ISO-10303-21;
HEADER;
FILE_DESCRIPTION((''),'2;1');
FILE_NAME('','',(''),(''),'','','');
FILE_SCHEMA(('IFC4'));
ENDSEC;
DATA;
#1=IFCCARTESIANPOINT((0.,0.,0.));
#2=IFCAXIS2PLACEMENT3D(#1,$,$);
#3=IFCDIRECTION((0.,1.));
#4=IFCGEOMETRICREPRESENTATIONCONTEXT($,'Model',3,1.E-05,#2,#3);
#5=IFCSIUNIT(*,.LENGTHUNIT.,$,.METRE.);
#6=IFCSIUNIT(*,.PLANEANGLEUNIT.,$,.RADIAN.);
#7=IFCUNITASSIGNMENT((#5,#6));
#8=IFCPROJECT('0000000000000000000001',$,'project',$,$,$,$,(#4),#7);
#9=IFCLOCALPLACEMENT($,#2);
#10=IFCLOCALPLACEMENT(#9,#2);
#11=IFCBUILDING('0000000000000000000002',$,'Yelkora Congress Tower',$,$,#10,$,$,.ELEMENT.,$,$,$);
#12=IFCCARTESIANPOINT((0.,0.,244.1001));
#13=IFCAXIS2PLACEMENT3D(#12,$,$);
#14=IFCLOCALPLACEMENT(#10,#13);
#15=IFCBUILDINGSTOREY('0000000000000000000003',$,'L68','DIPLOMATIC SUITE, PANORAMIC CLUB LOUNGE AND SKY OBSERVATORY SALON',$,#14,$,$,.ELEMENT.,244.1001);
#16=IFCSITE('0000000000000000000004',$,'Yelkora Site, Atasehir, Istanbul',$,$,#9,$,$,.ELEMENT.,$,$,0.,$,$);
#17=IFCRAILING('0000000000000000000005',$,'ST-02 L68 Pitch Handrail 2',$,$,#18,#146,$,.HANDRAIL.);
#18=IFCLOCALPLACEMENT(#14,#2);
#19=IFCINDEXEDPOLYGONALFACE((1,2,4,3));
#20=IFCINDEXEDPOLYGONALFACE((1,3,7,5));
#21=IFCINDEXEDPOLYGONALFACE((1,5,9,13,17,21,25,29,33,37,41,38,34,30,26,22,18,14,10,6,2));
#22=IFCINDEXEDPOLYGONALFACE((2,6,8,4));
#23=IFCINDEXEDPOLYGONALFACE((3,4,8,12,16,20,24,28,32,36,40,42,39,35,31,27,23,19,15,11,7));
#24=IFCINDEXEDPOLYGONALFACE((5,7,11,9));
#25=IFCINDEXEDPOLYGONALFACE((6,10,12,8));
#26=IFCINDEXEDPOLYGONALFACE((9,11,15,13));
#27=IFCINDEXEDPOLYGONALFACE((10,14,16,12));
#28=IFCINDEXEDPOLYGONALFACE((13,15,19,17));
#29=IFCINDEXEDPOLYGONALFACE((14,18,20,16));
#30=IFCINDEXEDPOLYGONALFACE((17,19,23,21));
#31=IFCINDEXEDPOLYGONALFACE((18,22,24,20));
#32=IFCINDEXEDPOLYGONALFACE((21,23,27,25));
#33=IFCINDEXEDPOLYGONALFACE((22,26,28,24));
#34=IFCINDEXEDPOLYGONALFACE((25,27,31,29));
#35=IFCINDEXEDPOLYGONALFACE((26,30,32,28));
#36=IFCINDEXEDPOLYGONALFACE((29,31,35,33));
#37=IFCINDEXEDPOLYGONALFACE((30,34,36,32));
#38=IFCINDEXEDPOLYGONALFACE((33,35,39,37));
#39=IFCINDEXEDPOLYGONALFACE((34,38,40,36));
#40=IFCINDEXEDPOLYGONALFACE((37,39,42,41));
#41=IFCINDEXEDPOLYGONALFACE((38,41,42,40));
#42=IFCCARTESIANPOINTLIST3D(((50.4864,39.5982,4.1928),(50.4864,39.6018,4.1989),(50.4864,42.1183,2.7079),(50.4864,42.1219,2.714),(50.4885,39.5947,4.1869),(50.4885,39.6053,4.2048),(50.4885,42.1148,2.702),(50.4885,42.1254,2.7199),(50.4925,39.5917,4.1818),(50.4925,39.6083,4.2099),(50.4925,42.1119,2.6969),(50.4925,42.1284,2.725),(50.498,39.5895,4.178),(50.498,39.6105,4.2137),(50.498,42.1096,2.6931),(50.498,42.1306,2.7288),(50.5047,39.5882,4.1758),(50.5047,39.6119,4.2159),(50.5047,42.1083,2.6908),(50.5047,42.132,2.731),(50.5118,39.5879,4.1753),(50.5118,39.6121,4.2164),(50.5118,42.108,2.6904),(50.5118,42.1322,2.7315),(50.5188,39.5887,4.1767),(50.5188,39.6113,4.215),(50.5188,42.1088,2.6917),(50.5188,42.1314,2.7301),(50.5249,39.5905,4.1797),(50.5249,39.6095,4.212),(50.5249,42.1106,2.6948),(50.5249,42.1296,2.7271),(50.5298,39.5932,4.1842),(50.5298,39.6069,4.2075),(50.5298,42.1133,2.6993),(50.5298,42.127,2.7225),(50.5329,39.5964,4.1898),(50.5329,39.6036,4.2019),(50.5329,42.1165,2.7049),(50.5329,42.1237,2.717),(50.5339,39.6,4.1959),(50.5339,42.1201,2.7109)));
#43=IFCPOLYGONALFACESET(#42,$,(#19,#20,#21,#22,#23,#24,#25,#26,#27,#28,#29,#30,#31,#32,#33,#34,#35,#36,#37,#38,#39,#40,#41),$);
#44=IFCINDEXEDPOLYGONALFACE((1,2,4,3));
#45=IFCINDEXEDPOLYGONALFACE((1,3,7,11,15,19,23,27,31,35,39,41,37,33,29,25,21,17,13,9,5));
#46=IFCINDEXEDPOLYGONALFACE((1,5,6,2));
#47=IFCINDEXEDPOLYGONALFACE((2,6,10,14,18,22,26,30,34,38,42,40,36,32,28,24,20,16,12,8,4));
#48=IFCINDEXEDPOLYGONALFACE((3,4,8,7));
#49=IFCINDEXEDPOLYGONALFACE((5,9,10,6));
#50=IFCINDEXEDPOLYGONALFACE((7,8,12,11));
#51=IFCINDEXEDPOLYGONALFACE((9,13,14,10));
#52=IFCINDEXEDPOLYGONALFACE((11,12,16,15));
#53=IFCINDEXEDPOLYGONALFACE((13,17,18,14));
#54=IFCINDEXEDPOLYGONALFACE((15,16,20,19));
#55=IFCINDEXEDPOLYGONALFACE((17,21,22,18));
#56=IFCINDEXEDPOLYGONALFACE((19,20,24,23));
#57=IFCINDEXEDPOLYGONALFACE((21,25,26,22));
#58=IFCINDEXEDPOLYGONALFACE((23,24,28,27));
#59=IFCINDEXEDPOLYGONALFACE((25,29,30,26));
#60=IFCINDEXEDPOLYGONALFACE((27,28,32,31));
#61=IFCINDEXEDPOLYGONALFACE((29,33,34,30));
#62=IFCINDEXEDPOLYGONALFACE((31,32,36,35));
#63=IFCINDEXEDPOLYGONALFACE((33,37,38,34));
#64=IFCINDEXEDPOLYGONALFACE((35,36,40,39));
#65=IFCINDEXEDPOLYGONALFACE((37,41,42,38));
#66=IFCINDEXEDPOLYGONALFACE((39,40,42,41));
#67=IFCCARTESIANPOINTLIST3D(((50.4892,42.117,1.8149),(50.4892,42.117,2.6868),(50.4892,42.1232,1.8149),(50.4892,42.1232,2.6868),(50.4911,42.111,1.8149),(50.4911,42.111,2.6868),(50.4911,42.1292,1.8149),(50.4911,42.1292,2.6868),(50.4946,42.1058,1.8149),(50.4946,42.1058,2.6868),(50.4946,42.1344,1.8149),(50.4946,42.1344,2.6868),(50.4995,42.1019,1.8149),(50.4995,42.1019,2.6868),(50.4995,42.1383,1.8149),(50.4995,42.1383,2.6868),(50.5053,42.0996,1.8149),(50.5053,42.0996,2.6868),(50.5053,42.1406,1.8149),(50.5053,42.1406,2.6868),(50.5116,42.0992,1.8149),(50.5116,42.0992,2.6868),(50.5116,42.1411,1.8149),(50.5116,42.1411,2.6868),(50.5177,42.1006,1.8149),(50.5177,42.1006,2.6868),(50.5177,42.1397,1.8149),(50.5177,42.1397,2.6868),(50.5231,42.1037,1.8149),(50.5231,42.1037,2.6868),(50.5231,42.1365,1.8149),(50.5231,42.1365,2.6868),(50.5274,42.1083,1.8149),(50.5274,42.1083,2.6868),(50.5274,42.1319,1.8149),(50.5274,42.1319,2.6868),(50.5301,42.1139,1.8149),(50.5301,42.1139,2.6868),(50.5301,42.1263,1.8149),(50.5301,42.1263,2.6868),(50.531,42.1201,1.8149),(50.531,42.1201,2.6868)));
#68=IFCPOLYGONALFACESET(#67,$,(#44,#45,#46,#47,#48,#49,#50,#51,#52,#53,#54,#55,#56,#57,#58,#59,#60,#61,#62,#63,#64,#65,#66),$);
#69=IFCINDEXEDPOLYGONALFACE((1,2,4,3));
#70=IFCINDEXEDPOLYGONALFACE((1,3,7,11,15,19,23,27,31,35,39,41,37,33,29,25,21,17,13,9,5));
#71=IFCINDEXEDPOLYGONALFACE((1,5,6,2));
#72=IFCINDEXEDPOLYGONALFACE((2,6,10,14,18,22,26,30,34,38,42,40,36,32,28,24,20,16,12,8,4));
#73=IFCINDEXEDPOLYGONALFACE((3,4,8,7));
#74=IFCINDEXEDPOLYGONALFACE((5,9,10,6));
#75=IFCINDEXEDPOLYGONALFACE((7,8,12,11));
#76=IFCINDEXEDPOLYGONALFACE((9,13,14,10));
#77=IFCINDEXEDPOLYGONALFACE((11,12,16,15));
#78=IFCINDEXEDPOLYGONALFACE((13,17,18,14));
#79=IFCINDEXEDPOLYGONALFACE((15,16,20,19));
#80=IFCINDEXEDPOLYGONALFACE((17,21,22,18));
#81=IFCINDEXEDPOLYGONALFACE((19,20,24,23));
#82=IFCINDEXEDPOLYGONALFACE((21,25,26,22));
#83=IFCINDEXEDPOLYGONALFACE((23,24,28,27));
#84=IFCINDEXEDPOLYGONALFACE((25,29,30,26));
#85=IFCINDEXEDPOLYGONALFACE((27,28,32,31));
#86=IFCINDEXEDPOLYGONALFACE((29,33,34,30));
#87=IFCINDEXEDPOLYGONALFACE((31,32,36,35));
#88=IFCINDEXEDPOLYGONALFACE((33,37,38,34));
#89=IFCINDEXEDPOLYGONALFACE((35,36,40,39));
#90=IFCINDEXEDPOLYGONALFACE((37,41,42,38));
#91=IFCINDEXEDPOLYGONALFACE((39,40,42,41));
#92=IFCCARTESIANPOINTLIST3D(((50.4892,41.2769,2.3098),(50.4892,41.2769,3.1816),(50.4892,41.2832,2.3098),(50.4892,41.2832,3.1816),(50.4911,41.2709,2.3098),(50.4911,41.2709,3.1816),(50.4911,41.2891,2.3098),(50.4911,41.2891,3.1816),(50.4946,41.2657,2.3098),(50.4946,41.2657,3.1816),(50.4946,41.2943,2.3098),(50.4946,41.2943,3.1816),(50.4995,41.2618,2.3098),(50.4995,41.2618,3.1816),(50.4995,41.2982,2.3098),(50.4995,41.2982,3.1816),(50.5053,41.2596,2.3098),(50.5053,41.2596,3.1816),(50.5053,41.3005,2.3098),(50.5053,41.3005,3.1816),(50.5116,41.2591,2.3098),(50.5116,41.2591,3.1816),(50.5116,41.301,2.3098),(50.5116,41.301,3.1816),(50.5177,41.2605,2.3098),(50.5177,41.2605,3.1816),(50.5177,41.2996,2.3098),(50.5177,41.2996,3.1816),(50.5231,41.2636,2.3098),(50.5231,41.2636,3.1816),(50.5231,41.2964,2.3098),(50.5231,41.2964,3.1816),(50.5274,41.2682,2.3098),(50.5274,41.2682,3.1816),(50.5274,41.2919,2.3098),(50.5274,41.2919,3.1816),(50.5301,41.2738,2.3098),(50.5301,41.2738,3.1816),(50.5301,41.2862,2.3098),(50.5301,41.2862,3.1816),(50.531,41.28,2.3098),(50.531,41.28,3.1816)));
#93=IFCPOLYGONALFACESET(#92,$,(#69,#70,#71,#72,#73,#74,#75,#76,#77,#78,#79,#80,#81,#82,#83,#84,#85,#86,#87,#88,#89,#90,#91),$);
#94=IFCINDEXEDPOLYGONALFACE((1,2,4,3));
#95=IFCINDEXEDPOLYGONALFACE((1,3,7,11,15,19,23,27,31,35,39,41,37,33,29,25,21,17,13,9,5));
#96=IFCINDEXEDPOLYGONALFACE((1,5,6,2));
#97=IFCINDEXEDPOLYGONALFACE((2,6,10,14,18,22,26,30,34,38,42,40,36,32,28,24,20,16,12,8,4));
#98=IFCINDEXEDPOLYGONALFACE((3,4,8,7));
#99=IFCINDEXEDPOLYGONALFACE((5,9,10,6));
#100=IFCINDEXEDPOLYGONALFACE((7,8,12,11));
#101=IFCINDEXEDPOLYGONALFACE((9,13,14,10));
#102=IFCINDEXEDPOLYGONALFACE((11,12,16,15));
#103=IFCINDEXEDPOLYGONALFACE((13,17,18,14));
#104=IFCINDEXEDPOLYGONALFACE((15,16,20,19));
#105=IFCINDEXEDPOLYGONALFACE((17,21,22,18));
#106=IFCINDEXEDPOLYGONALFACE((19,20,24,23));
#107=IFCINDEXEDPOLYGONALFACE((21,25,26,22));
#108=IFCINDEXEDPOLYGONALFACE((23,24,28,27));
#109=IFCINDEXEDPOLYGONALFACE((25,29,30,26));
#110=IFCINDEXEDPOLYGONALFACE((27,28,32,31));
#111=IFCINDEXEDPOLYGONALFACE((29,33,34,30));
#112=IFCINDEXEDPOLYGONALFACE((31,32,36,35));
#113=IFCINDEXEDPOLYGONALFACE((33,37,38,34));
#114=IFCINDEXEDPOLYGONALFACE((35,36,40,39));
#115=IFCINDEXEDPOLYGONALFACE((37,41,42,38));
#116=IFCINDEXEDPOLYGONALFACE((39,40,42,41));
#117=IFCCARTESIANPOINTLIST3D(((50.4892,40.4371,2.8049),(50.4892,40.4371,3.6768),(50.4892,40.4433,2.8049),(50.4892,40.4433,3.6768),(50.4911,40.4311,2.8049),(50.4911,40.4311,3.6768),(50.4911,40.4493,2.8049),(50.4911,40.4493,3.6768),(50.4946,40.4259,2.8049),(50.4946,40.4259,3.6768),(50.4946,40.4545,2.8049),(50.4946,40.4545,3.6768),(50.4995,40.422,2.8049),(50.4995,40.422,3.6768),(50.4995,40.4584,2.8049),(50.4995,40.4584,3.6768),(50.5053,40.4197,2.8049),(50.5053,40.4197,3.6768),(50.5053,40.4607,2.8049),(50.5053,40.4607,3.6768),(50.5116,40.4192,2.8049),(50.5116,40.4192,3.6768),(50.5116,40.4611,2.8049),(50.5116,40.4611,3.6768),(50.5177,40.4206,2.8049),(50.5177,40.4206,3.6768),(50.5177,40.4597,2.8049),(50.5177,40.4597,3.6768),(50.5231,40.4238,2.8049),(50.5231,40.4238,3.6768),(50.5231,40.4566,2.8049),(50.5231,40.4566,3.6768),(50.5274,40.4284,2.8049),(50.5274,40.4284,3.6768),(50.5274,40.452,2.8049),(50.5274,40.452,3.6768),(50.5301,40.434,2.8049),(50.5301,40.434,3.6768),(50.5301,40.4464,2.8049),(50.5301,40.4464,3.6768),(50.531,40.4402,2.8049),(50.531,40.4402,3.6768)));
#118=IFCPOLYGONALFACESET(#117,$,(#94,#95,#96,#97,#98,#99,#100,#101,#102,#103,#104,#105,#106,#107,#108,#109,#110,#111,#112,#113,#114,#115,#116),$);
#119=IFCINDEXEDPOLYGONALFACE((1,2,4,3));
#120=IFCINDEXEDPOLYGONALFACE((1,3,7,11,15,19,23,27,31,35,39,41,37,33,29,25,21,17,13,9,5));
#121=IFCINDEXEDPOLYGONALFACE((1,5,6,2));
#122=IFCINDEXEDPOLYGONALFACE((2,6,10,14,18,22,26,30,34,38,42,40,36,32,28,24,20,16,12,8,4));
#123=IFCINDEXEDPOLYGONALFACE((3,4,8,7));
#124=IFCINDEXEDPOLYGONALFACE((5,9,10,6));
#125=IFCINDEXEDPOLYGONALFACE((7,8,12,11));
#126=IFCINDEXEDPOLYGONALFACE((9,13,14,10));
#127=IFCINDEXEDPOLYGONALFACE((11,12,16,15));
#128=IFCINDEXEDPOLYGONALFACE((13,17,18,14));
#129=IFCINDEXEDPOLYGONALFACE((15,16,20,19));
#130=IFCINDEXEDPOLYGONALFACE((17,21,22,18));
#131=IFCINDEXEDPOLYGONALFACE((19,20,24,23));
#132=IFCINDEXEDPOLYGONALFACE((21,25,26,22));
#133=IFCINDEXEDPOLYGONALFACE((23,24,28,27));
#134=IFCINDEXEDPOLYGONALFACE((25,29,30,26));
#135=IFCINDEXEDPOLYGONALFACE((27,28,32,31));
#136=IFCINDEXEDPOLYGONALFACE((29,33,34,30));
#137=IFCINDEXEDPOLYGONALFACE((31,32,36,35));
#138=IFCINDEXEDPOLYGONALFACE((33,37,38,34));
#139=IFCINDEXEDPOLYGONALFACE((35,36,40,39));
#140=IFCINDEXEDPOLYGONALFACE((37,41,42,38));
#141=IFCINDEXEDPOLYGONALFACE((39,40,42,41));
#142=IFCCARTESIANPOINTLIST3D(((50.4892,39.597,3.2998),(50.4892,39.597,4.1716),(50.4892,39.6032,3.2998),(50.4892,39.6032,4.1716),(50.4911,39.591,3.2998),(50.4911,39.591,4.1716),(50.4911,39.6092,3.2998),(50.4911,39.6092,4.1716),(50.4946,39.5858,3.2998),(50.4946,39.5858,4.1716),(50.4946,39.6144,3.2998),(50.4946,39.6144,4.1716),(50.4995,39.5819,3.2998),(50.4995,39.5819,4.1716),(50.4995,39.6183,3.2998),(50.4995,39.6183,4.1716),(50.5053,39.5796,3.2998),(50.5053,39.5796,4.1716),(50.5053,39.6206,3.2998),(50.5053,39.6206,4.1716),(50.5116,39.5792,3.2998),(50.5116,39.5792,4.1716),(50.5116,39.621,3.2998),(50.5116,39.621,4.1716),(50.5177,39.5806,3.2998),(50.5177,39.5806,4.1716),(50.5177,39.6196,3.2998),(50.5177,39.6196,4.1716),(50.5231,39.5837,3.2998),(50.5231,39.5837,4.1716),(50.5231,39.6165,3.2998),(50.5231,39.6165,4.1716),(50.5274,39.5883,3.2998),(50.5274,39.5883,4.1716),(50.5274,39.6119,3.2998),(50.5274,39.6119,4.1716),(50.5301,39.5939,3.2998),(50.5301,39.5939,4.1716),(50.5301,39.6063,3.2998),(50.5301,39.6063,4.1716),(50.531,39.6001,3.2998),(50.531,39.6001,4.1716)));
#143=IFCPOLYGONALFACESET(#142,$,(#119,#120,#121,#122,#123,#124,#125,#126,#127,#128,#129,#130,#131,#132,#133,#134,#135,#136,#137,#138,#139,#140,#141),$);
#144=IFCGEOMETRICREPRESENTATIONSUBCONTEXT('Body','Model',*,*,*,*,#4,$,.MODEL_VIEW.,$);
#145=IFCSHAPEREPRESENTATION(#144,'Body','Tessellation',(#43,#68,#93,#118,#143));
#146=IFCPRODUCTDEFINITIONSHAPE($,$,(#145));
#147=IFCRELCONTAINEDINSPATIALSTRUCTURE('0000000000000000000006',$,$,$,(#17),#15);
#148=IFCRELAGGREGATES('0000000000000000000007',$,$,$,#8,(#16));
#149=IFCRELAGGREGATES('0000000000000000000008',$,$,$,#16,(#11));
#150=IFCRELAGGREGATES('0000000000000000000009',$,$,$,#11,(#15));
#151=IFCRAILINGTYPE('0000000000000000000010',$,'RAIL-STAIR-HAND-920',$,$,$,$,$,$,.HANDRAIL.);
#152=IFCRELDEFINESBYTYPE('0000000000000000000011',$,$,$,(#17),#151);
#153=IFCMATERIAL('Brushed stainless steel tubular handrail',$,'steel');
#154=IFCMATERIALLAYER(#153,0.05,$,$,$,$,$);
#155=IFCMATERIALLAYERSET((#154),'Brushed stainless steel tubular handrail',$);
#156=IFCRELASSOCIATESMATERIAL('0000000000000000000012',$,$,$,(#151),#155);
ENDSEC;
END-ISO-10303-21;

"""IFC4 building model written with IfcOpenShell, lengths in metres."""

from ifc_helpers import new_model, si_unit, direction, frame, origin, origin_2d, place, context, subcontext, project, spatial, circle, extrude, material, layer, layer_set, type_object, element, save


model = new_model("IFC4")

# Units and contexts
model_context = context("Model", 3, precision=1e-05, world=origin(), true_north=direction((0.0, 1.0)))
body_context = subcontext(model_context, "Body", "Model", "MODEL_VIEW")
ifc_project = project(units=[si_unit("LENGTHUNIT", "METRE"), si_unit("PLANEANGLEUNIT", "RADIAN")], contexts=[model_context])

# Site, building, storey
site_placement = place(None, origin())
site = spatial("IfcSite", under=ifc_project, at=site_placement, Name="Yelkora Site, Atasehir, Istanbul", CompositionType="ELEMENT", RefElevation=0.0)
building_placement = place(site_placement, origin())
building = spatial("IfcBuilding", under=site, at=building_placement, Name="Yelkora Congress Tower", CompositionType="ELEMENT")
storey_placement = place(building_placement, frame((0.0, 0.0, 244.1001)))
storey = spatial("IfcBuildingStorey", under=building, at=storey_placement, Name="L68", Description="DIPLOMATIC SUITE, PANORAMIC CLUB LOUNGE AND SKY OBSERVATORY SALON", CompositionType="ELEMENT", Elevation=244.1001)

# Railing
ifc_material_1 = material(Name="Brushed stainless steel tubular handrail", Category="steel")
ifc_layer_1 = layer(ifc_material_1, 0.05)
ifc_layer_set_1 = layer_set([ifc_layer_1], Name="Brushed stainless steel tubular handrail")
railing_type_1 = type_object("IfcRailingType", Name="RAIL-STAIR-HAND-920", PredefinedType="HANDRAIL", material=ifc_layer_set_1)
railing_1_placement = place(storey_placement, frame((50.51, 42.1201, 1.8149)))
element("IfcRailing", 1, at=railing_1_placement, inside=storey, type_object=railing_type_1, Name="ST-02 L68 Pitch Handrail 2", PredefinedType="HANDRAIL", context=body_context, shape_type="SweptSolid", body=[
    extrude(circle(Radius=0.0239, at=origin_2d()), frame((0.0, 0.0, 0.896), z_axis=(0.0, -0.861561, 0.507655), x_axis=(1.0, 0.0, 0.0)), (0.0, 0.0, 1.0), 2.925),
    extrude(circle(Radius=0.021, at=origin_2d()), origin(), (0.0, 0.0, 1.0), 0.8718),
    extrude(circle(Radius=0.021, at=origin_2d()), frame((0.0, -0.8401, 0.4949)), (0.0, 0.0, 1.0), 0.8718),
    extrude(circle(Radius=0.021, at=origin_2d()), frame((0.0, -1.6799, 0.99)), (0.0, 0.0, 1.0), 0.8718),
    extrude(circle(Radius=0.021, at=origin_2d()), frame((0.0, -2.52, 1.4849)), (0.0, 0.0, 1.0), 0.8718),
])

save(model, "model.ifc")
